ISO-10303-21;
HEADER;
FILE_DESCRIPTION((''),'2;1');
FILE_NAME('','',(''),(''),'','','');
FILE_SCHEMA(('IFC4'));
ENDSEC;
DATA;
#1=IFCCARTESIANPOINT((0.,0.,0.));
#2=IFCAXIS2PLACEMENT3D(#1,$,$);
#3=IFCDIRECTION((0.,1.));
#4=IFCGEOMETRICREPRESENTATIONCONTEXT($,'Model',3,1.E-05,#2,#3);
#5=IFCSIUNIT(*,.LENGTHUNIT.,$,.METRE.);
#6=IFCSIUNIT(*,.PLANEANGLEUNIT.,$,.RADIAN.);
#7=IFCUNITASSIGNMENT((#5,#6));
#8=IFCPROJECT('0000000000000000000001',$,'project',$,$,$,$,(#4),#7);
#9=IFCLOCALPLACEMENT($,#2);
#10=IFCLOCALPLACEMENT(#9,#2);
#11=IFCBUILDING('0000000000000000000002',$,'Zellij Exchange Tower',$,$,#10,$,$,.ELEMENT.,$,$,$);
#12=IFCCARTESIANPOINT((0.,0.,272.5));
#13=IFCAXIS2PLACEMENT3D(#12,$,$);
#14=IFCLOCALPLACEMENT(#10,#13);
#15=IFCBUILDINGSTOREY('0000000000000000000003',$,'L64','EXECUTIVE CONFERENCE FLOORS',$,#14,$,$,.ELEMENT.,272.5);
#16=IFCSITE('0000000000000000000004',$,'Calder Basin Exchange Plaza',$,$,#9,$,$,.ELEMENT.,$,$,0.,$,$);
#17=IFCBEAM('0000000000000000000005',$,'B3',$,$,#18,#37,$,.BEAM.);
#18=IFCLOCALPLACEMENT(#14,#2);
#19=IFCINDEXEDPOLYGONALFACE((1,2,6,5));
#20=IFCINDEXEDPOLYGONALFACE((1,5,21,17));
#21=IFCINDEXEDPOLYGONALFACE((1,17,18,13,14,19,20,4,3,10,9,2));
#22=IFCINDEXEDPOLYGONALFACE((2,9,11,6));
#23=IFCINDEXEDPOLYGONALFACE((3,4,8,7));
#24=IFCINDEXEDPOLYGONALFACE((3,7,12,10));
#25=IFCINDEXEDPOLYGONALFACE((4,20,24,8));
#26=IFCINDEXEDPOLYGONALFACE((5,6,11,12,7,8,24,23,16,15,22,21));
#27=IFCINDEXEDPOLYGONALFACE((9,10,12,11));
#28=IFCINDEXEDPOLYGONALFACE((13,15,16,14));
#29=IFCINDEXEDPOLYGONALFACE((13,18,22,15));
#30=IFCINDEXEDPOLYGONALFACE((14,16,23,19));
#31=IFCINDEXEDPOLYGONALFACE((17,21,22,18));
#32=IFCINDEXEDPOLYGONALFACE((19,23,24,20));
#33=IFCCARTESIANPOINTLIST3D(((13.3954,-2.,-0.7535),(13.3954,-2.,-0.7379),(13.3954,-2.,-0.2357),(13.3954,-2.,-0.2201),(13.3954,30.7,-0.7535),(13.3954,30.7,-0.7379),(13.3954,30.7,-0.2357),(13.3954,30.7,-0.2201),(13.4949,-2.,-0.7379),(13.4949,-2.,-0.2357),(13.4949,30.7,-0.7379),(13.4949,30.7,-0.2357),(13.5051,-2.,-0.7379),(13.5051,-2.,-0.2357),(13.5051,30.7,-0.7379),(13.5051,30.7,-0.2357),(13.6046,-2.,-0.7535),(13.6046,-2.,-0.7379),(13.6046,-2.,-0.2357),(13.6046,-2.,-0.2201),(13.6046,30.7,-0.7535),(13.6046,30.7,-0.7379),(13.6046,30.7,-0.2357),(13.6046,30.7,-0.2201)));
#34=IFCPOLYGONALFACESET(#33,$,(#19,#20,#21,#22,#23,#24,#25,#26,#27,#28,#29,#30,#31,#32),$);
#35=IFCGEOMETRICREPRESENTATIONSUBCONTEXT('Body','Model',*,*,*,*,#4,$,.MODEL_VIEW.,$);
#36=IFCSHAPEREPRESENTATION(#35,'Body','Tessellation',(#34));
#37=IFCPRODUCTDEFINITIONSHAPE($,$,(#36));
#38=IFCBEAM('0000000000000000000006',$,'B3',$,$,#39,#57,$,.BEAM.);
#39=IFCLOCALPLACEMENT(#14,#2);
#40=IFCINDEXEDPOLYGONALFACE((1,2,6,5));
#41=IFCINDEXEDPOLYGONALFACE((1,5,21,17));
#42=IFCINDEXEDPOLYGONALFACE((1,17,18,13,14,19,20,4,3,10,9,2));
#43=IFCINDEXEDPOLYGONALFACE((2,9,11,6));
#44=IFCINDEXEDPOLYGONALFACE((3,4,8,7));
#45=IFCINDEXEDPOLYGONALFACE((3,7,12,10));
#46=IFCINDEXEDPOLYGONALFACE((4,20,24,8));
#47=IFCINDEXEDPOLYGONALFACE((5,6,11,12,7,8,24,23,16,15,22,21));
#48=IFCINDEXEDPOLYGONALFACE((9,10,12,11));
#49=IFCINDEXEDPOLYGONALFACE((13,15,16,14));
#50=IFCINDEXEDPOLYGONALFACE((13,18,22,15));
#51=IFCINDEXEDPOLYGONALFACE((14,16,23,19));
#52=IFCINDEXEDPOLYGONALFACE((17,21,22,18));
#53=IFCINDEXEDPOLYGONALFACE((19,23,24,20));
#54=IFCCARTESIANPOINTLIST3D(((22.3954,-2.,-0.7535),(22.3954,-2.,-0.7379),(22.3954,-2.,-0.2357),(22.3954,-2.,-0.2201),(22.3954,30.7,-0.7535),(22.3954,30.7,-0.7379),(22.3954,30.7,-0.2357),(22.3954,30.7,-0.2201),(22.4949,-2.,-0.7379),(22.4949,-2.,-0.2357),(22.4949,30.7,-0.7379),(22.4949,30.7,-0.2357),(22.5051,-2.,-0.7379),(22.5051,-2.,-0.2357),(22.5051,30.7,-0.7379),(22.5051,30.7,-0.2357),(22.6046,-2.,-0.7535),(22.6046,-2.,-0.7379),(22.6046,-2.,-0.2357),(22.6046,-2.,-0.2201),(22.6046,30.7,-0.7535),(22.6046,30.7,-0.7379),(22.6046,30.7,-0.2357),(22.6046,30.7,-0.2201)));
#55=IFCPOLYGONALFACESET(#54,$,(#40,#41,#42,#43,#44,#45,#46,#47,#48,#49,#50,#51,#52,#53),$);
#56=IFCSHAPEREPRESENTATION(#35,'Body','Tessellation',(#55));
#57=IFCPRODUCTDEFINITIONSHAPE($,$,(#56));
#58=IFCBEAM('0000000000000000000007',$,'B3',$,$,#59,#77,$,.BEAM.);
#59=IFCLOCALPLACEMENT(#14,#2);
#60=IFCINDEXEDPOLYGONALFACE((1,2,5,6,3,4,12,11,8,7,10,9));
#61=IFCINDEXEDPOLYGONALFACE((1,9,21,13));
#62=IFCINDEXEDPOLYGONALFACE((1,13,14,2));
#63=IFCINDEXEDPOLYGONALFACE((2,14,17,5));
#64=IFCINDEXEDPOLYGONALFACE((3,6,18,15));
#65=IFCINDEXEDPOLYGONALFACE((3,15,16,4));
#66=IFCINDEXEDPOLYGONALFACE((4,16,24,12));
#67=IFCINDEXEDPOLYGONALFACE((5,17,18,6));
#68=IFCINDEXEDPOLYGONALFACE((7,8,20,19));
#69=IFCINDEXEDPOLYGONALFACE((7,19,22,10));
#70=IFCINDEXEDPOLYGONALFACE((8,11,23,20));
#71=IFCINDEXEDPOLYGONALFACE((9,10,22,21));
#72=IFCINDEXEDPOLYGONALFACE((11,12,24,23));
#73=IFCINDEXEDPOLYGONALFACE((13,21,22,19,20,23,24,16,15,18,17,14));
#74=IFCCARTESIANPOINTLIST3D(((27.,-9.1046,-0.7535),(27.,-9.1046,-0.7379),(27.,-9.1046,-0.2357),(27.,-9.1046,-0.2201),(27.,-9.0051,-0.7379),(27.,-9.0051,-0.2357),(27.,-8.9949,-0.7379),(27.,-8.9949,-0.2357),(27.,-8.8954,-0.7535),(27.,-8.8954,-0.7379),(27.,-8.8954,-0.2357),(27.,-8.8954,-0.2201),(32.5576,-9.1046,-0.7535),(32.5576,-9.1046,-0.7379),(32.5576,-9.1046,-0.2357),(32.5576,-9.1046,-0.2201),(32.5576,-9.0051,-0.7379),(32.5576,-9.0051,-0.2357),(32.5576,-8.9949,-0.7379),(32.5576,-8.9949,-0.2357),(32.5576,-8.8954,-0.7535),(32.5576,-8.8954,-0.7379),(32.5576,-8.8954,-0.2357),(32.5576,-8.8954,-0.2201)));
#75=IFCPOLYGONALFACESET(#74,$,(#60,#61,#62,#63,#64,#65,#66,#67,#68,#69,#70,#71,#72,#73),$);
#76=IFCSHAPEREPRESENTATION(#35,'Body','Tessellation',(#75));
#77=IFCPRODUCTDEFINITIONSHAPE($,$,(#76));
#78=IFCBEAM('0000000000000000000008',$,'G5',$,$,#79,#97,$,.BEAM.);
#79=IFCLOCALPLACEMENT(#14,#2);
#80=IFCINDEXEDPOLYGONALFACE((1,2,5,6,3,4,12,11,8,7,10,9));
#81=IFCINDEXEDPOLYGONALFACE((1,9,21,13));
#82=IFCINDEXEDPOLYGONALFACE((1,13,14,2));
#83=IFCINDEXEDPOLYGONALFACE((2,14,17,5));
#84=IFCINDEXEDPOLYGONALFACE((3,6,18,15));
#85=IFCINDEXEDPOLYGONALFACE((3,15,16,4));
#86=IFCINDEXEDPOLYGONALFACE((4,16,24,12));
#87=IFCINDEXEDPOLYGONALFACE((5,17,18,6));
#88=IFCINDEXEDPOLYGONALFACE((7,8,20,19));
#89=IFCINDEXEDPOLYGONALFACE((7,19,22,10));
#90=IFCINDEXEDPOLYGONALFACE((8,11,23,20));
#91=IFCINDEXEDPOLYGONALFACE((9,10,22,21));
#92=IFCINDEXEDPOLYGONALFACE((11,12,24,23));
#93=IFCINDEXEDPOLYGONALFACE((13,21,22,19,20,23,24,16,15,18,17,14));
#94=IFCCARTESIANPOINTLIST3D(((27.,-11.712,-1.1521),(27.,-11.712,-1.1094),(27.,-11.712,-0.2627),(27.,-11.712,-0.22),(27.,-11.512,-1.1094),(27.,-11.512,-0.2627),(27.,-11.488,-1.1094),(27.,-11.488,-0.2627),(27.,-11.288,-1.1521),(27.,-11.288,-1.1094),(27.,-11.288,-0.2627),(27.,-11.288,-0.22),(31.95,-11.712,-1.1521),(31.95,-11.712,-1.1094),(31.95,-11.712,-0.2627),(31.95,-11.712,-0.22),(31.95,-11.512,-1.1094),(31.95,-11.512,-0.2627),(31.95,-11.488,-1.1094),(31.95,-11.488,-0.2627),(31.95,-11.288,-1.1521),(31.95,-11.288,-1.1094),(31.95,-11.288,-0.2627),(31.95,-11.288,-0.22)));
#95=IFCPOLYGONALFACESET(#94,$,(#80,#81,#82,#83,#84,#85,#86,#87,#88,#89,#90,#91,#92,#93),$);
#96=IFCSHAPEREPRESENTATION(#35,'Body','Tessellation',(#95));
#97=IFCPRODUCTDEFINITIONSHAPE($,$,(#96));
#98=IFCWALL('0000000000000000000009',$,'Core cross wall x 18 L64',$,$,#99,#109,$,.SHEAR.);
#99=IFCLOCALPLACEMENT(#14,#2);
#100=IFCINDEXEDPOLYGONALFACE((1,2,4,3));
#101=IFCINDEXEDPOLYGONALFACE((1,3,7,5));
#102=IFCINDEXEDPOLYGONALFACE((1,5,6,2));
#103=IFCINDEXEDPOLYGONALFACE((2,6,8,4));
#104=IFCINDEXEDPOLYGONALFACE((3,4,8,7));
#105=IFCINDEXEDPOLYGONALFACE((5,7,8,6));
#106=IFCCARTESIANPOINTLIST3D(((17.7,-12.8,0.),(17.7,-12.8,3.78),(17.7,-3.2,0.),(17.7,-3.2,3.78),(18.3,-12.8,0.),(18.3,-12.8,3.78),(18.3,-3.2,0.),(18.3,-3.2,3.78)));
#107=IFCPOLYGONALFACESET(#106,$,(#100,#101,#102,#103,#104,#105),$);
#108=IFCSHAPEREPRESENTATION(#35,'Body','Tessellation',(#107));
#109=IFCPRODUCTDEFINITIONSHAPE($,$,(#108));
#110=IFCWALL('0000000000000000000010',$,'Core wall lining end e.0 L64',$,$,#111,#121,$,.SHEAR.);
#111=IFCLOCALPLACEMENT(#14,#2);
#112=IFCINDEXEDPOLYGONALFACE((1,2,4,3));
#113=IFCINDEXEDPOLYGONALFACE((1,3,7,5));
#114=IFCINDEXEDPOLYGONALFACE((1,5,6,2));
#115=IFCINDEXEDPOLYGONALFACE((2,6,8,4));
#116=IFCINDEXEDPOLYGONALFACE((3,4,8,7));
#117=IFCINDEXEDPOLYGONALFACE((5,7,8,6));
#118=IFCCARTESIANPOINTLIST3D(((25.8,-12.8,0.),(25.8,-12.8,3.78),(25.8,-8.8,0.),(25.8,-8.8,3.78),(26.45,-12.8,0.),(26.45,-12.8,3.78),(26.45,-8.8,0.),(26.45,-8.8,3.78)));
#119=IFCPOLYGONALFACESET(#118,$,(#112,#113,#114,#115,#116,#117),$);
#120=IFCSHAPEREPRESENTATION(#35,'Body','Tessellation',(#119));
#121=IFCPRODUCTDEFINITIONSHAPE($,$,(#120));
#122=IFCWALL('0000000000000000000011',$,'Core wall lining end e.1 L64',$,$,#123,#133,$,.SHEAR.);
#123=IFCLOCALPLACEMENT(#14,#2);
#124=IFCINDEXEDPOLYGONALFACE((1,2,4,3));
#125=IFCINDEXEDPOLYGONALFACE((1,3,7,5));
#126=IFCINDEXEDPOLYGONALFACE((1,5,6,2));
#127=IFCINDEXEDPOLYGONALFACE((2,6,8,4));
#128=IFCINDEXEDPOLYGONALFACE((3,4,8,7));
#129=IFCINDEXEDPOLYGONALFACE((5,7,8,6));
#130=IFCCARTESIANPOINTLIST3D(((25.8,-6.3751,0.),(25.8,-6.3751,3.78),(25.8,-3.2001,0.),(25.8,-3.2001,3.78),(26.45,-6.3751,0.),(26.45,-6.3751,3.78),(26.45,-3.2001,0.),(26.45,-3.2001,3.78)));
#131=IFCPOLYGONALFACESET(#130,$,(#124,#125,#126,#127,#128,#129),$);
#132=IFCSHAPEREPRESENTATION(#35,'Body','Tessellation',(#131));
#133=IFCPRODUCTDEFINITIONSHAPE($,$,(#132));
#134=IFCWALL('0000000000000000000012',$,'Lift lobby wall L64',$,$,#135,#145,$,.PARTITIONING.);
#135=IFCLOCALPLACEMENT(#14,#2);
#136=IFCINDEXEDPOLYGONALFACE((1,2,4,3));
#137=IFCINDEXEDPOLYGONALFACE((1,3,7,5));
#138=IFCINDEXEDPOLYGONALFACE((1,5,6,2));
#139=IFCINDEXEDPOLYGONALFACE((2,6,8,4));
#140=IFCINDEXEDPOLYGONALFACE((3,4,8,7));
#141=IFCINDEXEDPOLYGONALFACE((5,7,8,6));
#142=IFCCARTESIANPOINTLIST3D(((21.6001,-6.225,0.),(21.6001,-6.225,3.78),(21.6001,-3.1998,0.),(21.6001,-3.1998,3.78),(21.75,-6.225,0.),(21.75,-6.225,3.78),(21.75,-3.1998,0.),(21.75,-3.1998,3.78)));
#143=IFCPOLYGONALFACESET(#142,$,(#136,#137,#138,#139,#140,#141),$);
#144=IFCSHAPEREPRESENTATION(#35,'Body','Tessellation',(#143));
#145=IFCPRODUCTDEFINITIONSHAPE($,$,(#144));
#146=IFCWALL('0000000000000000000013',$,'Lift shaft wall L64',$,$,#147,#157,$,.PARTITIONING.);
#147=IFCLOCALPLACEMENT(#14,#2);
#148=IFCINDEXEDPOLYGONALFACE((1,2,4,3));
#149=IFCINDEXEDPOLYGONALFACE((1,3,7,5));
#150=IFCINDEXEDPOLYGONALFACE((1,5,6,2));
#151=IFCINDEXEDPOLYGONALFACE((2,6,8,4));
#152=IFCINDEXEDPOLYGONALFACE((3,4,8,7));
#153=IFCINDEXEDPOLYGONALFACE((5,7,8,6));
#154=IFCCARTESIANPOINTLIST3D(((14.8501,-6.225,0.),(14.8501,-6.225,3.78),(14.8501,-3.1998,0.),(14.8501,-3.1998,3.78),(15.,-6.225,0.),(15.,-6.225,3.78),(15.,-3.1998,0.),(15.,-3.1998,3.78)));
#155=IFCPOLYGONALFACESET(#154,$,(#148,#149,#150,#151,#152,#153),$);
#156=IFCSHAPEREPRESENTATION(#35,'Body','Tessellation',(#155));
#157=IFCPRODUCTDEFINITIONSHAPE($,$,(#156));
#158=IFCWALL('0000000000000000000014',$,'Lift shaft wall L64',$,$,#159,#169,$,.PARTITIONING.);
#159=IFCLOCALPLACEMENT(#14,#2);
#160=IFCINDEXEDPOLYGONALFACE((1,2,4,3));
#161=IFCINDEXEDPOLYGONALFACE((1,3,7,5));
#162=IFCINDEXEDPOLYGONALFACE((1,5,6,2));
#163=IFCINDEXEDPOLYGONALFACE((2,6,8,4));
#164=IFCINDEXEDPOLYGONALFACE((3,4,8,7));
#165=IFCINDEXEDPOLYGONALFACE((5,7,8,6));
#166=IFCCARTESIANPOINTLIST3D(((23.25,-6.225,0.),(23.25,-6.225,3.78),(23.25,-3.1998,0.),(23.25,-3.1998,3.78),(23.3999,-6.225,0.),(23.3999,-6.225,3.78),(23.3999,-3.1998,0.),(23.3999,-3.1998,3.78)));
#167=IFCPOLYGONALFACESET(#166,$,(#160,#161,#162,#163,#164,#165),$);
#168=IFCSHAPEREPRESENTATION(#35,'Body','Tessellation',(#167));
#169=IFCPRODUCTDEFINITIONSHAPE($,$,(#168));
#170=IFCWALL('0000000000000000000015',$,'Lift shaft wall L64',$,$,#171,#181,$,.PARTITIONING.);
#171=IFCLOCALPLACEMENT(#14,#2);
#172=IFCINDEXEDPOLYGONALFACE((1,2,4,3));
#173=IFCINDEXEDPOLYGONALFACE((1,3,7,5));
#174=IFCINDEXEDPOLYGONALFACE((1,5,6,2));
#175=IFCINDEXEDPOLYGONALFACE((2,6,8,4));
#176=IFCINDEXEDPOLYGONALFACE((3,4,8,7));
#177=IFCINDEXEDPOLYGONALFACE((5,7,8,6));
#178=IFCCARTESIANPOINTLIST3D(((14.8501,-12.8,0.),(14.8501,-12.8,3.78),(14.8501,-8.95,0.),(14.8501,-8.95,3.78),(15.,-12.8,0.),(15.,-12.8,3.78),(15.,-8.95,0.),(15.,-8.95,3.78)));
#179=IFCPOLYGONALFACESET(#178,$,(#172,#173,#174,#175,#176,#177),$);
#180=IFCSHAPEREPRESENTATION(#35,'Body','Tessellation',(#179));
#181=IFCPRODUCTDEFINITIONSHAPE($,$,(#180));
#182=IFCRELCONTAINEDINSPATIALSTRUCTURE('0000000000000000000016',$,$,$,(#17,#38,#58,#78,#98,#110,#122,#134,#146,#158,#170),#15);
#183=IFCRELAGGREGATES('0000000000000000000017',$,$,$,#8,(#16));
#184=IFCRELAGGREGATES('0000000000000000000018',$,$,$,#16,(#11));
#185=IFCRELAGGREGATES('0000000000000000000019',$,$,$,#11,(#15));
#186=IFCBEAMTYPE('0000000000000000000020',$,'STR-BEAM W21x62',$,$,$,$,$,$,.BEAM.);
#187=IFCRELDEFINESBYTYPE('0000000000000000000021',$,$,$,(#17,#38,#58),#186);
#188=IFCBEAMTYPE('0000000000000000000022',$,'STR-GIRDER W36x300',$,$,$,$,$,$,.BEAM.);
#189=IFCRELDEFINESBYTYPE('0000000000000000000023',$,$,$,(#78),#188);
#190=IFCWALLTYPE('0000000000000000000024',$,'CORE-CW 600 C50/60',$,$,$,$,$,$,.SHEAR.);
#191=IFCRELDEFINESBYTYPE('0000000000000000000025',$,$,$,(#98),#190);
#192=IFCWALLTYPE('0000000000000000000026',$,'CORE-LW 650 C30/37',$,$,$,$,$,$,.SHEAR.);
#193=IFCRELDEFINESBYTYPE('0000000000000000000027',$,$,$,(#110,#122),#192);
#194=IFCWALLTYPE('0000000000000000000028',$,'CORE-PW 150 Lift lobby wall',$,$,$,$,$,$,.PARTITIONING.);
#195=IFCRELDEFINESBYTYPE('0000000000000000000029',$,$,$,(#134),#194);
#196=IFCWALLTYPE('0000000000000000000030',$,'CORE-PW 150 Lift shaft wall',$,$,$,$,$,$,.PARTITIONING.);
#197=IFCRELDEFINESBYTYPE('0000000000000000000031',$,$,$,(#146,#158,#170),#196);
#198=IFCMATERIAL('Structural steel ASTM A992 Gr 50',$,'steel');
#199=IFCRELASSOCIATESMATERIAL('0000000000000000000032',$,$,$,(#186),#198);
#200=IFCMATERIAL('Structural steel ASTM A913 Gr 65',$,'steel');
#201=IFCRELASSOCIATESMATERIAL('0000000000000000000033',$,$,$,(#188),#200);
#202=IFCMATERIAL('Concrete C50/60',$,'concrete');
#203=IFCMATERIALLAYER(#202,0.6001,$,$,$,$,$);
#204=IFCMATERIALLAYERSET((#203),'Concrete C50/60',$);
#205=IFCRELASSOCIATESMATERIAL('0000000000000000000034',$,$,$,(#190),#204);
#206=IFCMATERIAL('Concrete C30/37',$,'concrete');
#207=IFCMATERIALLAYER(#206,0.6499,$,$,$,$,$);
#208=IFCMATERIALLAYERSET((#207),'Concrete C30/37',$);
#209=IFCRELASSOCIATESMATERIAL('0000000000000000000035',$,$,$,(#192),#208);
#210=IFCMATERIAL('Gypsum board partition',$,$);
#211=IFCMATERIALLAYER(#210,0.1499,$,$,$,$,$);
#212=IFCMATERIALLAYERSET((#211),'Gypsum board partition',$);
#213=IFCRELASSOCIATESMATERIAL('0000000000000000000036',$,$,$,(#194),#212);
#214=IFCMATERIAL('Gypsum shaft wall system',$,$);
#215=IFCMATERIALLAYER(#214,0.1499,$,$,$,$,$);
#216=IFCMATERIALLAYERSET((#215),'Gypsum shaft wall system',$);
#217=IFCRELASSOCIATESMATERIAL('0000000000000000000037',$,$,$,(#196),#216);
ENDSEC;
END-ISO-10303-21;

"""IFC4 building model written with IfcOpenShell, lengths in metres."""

from ifc_helpers import new_model, si_unit, direction, frame, frame_2d, origin, origin_2d, place, context, subcontext, project, spatial, rectangle, i_section, extrude, material, layer, layer_set, material_profile, profile_set, type_object, element, save


model = new_model("IFC4")

# Units and contexts
model_context = context("Model", 3, precision=1e-05, world=origin(), true_north=direction((0.0, 1.0)))
body_context = subcontext(model_context, "Body", "Model", "MODEL_VIEW")
ifc_project = project(units=[si_unit("LENGTHUNIT", "METRE"), si_unit("PLANEANGLEUNIT", "RADIAN")], contexts=[model_context])

# Site, building, storey
site_placement = place(None, origin())
site = spatial("IfcSite", under=ifc_project, at=site_placement, Name="Calder Basin Exchange Plaza", CompositionType="ELEMENT", RefElevation=0.0)
building_placement = place(site_placement, origin())
building = spatial("IfcBuilding", under=site, at=building_placement, Name="Zellij Exchange Tower", CompositionType="ELEMENT")
storey_placement = place(building_placement, frame((0.0, 0.0, 272.5)))
storey = spatial("IfcBuildingStorey", under=building, at=storey_placement, Name="L64", Description="EXECUTIVE CONFERENCE FLOORS", CompositionType="ELEMENT", Elevation=272.5)

# Beams
ifc_material_1 = material(Name="Structural steel ASTM A992 Gr 50", Category="steel")
ifc_material_profile_1 = material_profile(ifc_material_1, i_section(OverallWidth=0.2092, OverallDepth=0.5334, WebThickness=0.0103, FlangeThickness=0.0156, at=origin_2d()), Name="W21x62")
ifc_profile_set_1 = profile_set([ifc_material_profile_1], Name="Structural steel ASTM A992 Gr 50")
beam_type_1 = type_object("IfcBeamType", Name="STR-BEAM W21x62", PredefinedType="BEAM", material=ifc_profile_set_1)
for number, where, z_axis, x_axis, name in (
    (1, (13.5, -2.0, -0.4868), (0.0, 1.0, 0.0), (-1.0, 0.0, 0.0), "B3"),
    (2, (22.5, -2.0, -0.4868), (0.0, 1.0, 0.0), (-1.0, 0.0, 0.0), "B3"),
):
    element("IfcBeam", number, at=place(storey_placement, frame(where, z_axis=z_axis, x_axis=x_axis)), inside=storey, type_object=beam_type_1, Name=name, PredefinedType="BEAM", context=body_context, shape_type="SweptSolid", body=[
        extrude(i_section(OverallWidth=0.2092, OverallDepth=0.5334, WebThickness=0.0103, FlangeThickness=0.0156, at=origin_2d()), origin(), (0.0, 0.0, 1.0), 32.7),
    ])
beam_1_placement = place(storey_placement, frame((27.0, -9.0, -0.4868), z_axis=(1.0, 0.0, 0.0), x_axis=(0.0, 1.0, 0.0)))
element("IfcBeam", 3, at=beam_1_placement, inside=storey, type_object=beam_type_1, Name="B3", PredefinedType="BEAM", context=body_context, shape_type="SweptSolid", body=[
    extrude(i_section(OverallWidth=0.2092, OverallDepth=0.5334, WebThickness=0.0103, FlangeThickness=0.0156, at=origin_2d()), origin(), (0.0, 0.0, 1.0), 5.5576),
])
ifc_material_2 = material(Name="Structural steel ASTM A913 Gr 65", Category="steel")
ifc_material_profile_2 = material_profile(ifc_material_2, i_section(OverallWidth=0.4241, OverallDepth=0.9321, WebThickness=0.0239, FlangeThickness=0.0427, at=origin_2d()), Name="W36x300")
ifc_profile_set_2 = profile_set([ifc_material_profile_2], Name="Structural steel ASTM A913 Gr 65")
beam_type_2 = type_object("IfcBeamType", Name="STR-GIRDER W36x300", PredefinedType="BEAM", material=ifc_profile_set_2)
beam_2_placement = place(storey_placement, frame((27.0, -11.5, -0.686), z_axis=(1.0, 0.0, 0.0), x_axis=(0.0, 1.0, 0.0)))
element("IfcBeam", 4, at=beam_2_placement, inside=storey, type_object=beam_type_2, Name="G5", PredefinedType="BEAM", context=body_context, shape_type="SweptSolid", body=[
    extrude(i_section(OverallWidth=0.4241, OverallDepth=0.9321, WebThickness=0.0239, FlangeThickness=0.0427, at=origin_2d()), origin(), (0.0, 0.0, 1.0), 4.95),
])

# Walls
ifc_material_3 = material(Name="Concrete C50/60", Category="concrete")
ifc_layer_1 = layer(ifc_material_3, 0.6001)
ifc_layer_set_1 = layer_set([ifc_layer_1], Name="Concrete C50/60")
wall_type_1 = type_object("IfcWallType", Name="CORE-CW 600 C50/60", PredefinedType="SHEAR", material=ifc_layer_set_1)
wall_1_placement = place(storey_placement, frame((18.0, -12.8, 0.0), z_axis=(0.0, 0.0, 1.0), x_axis=(0.0, 1.0, 0.0)))
element("IfcWall", 5, at=wall_1_placement, inside=storey, type_object=wall_type_1, Name="Core cross wall x 18 L64", PredefinedType="SHEAR", context=body_context, shape_type="SweptSolid", body=[
    extrude(rectangle(XDim=9.6001, YDim=0.6001, at=frame_2d((4.8, 0.0))), origin(), (0.0, 0.0, 1.0), 3.78),
])
ifc_material_4 = material(Name="Concrete C30/37", Category="concrete")
ifc_layer_2 = layer(ifc_material_4, 0.6499)
ifc_layer_set_2 = layer_set([ifc_layer_2], Name="Concrete C30/37")
wall_type_2 = type_object("IfcWallType", Name="CORE-LW 650 C30/37", PredefinedType="SHEAR", material=ifc_layer_set_2)
wall_2_placement = place(storey_placement, frame((26.125, -12.8, 0.0), z_axis=(0.0, 0.0, 1.0), x_axis=(0.0, 1.0, 0.0)))
element("IfcWall", 6, at=wall_2_placement, inside=storey, type_object=wall_type_2, Name="Core wall lining end e.0 L64", PredefinedType="SHEAR", context=body_context, shape_type="SweptSolid", body=[
    extrude(rectangle(XDim=4.0, YDim=0.6499, at=frame_2d((2.0, 0.0))), origin(), (0.0, 0.0, 1.0), 3.78),
])
wall_3_placement = place(storey_placement, frame((26.125, -6.375, 0.0), z_axis=(0.0, 0.0, 1.0), x_axis=(0.0, 1.0, 0.0)))
element("IfcWall", 7, at=wall_3_placement, inside=storey, type_object=wall_type_2, Name="Core wall lining end e.1 L64", PredefinedType="SHEAR", context=body_context, shape_type="SweptSolid", body=[
    extrude(rectangle(XDim=3.175, YDim=0.6499, at=frame_2d((1.5874, 0.0))), origin(), (0.0, 0.0, 1.0), 3.78),
])
ifc_material_5 = material(Name="Gypsum board partition")
ifc_layer_3 = layer(ifc_material_5, 0.1499)
ifc_layer_set_3 = layer_set([ifc_layer_3], Name="Gypsum board partition")
wall_type_3 = type_object("IfcWallType", Name="CORE-PW 150 Lift lobby wall", PredefinedType="PARTITIONING", material=ifc_layer_set_3)
wall_4_placement = place(storey_placement, frame((21.675, -6.2251, 0.0), z_axis=(0.0, 0.0, 1.0), x_axis=(0.0, 1.0, 0.0)))
element("IfcWall", 8, at=wall_4_placement, inside=storey, type_object=wall_type_3, Name="Lift lobby wall L64", PredefinedType="PARTITIONING", context=body_context, shape_type="SweptSolid", body=[
    extrude(rectangle(XDim=3.0251, YDim=0.1499, at=frame_2d((1.5127, 0.0))), origin(), (0.0, 0.0, 1.0), 3.78),
])
ifc_material_6 = material(Name="Gypsum shaft wall system")
ifc_layer_4 = layer(ifc_material_6, 0.1499)
ifc_layer_set_4 = layer_set([ifc_layer_4], Name="Gypsum shaft wall system")
wall_type_4 = type_object("IfcWallType", Name="CORE-PW 150 Lift shaft wall", PredefinedType="PARTITIONING", material=ifc_layer_set_4)
for number, where, z_axis, x_axis, name in (
    (9, (14.925, -6.2251, 0.0), (0.0, 0.0, 1.0), (0.0, 1.0, 0.0), "Lift shaft wall L64"),
    (10, (23.325, -6.2251, 0.0), (0.0, 0.0, 1.0), (0.0, 1.0, 0.0), "Lift shaft wall L64"),
):
    element("IfcWall", number, at=place(storey_placement, frame(where, z_axis=z_axis, x_axis=x_axis)), inside=storey, type_object=wall_type_4, Name=name, PredefinedType="PARTITIONING", context=body_context, shape_type="SweptSolid", body=[
        extrude(rectangle(XDim=3.0251, YDim=0.1499, at=frame_2d((1.5127, 0.0))), origin(), (0.0, 0.0, 1.0), 3.78),
    ])
wall_5_placement = place(storey_placement, frame((14.925, -12.8, 0.0), z_axis=(0.0, 0.0, 1.0), x_axis=(0.0, 1.0, 0.0)))
element("IfcWall", 11, at=wall_5_placement, inside=storey, type_object=wall_type_4, Name="Lift shaft wall L64", PredefinedType="PARTITIONING", context=body_context, shape_type="SweptSolid", body=[
    extrude(rectangle(XDim=3.8501, YDim=0.1499, at=frame_2d((1.925, 0.0))), origin(), (0.0, 0.0, 1.0), 3.78),
])

save(model, "model.ifc")
